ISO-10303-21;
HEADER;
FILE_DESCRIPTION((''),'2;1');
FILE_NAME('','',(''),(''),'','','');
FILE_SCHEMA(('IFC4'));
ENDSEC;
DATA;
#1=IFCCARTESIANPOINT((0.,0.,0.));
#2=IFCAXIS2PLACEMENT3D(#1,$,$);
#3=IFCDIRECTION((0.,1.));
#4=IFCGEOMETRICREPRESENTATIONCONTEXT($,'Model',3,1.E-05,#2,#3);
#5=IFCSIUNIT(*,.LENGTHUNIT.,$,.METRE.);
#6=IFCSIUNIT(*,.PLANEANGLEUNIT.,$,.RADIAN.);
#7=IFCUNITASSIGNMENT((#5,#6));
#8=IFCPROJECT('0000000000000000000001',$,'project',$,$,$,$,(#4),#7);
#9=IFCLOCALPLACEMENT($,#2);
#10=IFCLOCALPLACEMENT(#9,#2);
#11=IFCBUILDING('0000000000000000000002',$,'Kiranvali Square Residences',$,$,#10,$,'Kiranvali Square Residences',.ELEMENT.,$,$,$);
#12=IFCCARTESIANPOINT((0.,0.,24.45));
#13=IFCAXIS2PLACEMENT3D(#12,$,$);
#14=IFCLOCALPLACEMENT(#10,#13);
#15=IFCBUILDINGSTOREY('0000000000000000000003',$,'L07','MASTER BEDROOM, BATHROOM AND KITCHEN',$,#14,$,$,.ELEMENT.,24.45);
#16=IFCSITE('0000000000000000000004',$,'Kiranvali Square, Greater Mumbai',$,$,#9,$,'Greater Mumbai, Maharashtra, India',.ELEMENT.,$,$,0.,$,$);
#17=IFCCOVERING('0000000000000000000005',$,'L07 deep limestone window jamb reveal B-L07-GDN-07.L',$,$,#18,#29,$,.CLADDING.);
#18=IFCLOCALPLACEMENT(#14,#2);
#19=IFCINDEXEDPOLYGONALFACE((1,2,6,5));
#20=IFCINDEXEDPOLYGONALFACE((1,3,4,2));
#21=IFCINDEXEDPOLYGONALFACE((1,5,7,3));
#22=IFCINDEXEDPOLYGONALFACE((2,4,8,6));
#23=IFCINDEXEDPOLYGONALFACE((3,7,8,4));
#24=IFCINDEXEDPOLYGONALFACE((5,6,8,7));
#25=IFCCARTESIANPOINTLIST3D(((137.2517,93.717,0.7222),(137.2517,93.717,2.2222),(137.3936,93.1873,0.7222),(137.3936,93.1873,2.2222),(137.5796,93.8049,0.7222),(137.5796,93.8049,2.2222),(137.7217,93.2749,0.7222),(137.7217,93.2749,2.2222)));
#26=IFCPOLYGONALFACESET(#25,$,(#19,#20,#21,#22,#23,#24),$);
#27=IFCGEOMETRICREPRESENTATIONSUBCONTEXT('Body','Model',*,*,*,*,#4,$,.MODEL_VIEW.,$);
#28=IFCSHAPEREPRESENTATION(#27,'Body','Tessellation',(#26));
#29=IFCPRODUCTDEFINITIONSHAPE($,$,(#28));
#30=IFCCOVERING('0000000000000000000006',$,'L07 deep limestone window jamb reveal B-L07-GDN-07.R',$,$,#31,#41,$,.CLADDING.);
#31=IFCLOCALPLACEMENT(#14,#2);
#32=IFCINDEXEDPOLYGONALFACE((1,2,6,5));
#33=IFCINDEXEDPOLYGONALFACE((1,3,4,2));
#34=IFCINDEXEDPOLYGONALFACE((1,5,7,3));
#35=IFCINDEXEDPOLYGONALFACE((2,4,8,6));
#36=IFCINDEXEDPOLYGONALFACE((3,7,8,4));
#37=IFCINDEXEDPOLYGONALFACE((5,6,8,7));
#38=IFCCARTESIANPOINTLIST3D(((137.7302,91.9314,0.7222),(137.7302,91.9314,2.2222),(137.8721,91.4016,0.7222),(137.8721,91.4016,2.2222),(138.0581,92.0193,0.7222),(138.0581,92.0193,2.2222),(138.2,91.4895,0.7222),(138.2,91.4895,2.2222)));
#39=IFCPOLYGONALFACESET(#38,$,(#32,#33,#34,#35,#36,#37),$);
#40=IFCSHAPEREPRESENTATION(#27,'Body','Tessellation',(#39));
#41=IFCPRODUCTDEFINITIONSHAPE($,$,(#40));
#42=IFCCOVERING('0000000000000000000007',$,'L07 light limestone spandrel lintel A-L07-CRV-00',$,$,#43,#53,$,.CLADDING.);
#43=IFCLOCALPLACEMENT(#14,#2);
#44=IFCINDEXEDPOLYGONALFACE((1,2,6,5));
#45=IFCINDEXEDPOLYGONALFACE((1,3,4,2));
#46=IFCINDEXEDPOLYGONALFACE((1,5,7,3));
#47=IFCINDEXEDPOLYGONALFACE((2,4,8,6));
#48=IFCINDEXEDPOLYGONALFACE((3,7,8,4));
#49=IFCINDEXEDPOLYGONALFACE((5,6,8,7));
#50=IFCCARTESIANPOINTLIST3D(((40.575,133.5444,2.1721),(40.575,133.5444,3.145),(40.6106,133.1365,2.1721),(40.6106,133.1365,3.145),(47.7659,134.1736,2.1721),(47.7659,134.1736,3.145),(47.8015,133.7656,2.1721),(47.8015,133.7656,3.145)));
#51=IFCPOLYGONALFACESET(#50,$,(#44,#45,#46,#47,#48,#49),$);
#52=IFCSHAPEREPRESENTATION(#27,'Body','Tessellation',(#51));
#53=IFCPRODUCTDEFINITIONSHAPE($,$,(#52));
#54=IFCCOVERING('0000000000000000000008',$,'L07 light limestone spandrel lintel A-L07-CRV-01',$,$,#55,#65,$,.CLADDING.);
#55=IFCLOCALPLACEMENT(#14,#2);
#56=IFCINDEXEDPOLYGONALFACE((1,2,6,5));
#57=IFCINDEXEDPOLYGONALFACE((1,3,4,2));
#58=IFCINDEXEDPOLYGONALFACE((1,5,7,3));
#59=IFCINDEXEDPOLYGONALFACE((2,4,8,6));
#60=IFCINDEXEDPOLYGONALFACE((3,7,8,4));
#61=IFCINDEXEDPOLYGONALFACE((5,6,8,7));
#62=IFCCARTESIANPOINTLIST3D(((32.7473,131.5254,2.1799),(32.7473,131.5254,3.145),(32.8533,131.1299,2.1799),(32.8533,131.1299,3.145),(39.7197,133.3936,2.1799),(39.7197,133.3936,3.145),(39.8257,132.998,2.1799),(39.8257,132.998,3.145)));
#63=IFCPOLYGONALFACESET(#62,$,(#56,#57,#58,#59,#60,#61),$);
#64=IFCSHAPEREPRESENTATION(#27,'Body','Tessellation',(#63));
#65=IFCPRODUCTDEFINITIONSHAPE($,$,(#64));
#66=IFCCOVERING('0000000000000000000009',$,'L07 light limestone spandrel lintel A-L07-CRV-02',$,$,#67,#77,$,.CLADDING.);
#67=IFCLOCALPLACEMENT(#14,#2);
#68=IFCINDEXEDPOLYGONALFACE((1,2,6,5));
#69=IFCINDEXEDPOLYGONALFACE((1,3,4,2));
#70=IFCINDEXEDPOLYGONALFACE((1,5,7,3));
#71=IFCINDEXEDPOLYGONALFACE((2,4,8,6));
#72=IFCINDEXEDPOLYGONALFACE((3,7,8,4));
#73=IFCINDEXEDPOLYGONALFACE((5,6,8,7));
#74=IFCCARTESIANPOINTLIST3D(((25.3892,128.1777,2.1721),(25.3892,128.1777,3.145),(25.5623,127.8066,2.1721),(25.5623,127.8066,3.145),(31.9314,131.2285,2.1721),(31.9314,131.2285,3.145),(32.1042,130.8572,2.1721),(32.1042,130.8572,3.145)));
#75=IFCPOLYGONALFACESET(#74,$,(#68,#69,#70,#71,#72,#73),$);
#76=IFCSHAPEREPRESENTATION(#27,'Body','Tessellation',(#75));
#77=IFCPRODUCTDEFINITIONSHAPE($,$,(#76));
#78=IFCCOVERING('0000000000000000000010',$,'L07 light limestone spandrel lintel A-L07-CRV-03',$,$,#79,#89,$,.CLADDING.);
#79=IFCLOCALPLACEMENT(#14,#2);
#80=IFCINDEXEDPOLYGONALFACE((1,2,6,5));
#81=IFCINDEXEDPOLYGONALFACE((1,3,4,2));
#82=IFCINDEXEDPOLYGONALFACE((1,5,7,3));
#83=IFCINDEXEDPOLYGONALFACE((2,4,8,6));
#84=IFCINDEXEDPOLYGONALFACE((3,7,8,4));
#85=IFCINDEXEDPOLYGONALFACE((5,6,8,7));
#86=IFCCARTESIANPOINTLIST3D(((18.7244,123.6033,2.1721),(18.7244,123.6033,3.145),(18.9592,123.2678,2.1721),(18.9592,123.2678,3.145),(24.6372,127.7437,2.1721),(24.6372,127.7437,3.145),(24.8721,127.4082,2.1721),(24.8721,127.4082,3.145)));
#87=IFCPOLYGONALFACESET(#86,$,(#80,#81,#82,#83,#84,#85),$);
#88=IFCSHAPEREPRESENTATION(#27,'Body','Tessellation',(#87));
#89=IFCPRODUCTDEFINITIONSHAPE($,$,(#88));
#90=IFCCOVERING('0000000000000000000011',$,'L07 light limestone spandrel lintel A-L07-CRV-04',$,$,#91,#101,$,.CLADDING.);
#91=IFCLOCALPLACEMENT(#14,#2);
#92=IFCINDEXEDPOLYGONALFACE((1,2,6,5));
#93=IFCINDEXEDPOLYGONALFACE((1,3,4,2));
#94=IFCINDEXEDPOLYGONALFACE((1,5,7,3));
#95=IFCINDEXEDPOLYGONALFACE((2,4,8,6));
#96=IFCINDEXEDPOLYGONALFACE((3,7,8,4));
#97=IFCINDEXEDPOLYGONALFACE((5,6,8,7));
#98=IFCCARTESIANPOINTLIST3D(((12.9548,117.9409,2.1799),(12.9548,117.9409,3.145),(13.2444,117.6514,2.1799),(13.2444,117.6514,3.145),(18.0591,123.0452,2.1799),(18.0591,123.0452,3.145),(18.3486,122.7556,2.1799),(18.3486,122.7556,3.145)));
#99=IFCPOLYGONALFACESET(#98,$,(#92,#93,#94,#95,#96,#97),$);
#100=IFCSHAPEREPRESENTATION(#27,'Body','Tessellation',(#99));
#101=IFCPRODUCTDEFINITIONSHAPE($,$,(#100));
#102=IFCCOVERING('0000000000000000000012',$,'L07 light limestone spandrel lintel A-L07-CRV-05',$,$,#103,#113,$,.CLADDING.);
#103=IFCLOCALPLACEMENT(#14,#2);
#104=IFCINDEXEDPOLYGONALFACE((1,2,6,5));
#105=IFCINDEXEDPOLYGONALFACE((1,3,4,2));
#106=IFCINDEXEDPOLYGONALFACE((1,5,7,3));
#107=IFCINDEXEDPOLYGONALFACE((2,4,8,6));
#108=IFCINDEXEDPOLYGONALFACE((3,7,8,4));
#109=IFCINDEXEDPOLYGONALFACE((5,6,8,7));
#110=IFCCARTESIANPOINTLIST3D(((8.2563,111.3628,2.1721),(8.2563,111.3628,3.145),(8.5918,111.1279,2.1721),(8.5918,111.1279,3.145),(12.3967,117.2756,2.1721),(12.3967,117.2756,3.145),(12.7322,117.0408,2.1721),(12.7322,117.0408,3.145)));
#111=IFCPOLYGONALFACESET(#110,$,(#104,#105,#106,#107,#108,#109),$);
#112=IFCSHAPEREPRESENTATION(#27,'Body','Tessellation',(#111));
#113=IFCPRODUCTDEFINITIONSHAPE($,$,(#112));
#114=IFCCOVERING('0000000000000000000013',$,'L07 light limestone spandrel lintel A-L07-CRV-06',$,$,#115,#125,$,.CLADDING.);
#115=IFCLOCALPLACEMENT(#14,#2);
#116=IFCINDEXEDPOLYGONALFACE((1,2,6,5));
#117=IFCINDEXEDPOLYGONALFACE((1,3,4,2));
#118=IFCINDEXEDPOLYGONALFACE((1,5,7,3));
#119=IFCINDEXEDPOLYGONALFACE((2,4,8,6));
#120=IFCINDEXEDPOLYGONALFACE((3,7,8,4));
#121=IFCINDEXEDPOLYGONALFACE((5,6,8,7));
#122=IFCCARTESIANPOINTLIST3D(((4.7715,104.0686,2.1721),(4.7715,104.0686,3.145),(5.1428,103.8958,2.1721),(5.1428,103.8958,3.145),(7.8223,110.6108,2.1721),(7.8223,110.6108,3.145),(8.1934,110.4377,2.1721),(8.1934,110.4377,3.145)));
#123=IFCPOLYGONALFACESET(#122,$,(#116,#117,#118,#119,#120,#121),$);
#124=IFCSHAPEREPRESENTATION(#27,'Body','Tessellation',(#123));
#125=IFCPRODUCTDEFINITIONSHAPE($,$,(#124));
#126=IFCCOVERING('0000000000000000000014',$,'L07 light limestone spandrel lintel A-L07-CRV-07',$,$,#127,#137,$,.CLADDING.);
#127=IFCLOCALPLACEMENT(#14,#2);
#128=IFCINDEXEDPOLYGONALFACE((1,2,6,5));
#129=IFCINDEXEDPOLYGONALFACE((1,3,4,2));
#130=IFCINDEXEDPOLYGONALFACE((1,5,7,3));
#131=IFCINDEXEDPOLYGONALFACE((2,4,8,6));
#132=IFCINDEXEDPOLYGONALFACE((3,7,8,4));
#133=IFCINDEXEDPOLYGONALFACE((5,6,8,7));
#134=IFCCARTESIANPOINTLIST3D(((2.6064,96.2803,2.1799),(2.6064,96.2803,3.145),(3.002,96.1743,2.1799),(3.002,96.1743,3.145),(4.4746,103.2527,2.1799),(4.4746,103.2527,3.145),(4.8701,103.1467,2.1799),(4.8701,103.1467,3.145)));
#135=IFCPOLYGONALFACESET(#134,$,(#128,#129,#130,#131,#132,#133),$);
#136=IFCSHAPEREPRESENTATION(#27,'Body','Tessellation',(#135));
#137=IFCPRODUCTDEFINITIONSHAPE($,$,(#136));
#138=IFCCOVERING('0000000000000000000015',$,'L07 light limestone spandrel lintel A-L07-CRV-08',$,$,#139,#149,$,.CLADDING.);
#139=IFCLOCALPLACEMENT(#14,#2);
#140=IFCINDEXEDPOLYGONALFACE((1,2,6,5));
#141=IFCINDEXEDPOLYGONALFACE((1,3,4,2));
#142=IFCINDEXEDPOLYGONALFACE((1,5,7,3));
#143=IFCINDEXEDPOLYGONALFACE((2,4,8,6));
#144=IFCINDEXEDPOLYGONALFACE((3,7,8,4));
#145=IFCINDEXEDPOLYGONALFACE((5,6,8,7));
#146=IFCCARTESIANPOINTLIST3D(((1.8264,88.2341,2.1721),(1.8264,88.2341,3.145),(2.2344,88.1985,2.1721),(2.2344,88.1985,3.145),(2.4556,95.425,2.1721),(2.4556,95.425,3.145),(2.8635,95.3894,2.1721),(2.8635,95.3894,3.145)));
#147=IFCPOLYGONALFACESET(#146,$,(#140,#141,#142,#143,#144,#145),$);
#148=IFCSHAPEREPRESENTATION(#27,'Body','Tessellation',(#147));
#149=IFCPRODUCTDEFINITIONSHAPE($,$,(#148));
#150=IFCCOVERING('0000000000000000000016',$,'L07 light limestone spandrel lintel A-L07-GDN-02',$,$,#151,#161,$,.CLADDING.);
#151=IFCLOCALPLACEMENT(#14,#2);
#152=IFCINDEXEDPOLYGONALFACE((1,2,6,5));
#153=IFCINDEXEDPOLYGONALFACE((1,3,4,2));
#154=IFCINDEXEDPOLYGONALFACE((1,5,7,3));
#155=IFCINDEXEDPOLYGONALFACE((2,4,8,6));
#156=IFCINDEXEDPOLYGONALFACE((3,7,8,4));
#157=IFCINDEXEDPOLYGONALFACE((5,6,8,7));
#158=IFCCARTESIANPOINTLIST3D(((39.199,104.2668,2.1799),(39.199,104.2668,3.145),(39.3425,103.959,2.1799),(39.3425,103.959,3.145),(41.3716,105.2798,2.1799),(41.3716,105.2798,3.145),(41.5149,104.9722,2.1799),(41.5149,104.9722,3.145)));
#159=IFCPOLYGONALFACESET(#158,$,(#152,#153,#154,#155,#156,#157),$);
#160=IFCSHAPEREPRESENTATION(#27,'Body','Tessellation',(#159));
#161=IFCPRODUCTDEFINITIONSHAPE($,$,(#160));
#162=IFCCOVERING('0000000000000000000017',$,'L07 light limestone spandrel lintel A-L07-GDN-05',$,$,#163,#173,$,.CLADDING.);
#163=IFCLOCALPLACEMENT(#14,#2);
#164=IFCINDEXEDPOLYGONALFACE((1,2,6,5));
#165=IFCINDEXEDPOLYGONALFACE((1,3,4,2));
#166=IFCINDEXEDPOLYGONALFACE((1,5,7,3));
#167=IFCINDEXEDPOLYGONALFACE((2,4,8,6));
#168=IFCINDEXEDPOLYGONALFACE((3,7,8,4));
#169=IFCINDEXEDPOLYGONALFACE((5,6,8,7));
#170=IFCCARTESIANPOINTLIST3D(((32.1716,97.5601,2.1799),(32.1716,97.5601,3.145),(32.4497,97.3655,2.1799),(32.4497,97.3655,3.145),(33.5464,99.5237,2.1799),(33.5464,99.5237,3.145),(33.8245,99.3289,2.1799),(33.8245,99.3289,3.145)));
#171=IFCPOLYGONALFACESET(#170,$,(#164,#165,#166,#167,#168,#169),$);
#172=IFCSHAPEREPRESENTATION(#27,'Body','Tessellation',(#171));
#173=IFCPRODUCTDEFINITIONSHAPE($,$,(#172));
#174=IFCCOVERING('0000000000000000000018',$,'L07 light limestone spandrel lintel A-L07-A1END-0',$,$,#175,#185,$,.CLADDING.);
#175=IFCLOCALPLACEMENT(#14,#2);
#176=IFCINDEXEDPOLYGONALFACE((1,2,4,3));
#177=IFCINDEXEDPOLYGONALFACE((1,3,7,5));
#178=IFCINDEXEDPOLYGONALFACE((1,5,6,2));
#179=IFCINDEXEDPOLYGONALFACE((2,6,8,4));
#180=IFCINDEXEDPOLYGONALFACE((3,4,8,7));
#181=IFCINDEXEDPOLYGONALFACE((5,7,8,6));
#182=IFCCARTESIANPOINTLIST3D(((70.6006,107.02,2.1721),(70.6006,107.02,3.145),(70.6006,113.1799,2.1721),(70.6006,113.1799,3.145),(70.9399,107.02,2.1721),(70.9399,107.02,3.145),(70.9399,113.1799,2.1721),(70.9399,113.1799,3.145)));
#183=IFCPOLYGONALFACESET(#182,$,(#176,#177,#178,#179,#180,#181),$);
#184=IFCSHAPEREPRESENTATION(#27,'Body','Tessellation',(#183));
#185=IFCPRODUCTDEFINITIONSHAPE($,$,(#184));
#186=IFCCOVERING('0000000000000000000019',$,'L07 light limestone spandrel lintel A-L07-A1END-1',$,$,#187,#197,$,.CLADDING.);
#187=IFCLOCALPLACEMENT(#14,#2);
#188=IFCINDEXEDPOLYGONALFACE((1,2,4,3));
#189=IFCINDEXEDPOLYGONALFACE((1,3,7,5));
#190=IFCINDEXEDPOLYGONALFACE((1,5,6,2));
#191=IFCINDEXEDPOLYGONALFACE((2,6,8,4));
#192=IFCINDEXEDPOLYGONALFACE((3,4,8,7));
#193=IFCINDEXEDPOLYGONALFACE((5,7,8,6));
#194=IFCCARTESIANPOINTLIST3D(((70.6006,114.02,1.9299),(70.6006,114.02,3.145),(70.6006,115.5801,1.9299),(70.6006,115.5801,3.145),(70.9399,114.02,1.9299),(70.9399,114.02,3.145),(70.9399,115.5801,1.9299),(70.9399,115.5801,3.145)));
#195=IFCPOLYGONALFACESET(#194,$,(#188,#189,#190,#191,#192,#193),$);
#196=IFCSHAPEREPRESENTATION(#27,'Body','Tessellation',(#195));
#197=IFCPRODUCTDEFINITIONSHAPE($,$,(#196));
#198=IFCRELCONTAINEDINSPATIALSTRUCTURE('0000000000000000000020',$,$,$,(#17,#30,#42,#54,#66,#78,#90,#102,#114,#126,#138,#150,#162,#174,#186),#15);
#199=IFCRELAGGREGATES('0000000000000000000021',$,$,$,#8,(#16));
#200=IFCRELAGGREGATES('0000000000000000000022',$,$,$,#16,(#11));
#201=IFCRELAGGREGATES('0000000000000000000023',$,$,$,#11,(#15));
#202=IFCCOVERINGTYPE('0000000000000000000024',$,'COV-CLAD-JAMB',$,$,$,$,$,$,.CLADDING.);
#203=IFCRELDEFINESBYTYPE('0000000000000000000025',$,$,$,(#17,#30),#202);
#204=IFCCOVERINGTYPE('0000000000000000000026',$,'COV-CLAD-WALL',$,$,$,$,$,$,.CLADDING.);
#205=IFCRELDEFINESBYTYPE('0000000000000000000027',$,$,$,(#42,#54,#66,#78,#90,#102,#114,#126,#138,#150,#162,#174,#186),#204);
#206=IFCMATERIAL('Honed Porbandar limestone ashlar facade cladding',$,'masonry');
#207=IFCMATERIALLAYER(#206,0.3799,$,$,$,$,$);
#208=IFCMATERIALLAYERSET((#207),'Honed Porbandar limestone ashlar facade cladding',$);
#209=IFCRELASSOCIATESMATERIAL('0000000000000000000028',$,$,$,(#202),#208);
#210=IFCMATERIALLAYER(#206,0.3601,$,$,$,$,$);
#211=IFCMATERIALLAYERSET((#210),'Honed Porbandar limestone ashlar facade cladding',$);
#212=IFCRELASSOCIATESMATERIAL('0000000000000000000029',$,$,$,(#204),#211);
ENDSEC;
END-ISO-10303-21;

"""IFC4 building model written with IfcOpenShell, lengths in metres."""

from ifc_helpers import new_model, si_unit, direction, frame, origin, place, context, subcontext, project, spatial, polyline, outline, extrude, material, layer, layer_set, type_object, element, save


model = new_model("IFC4")

# Units and contexts
model_context = context("Model", 3, precision=1e-05, world=origin(), true_north=direction((0.0, 1.0)))
body_context = subcontext(model_context, "Body", "Model", "MODEL_VIEW")
ifc_project = project(units=[si_unit("LENGTHUNIT", "METRE"), si_unit("PLANEANGLEUNIT", "RADIAN")], contexts=[model_context])

# Site, building, storey
site_placement = place(None, origin())
site = spatial("IfcSite", under=ifc_project, at=site_placement, Name="Kiranvali Square, Greater Mumbai", LongName="Greater Mumbai, Maharashtra, India", CompositionType="ELEMENT", RefElevation=0.0)
building_placement = place(site_placement, origin())
building = spatial("IfcBuilding", under=site, at=building_placement, Name="Kiranvali Square Residences", LongName="Kiranvali Square Residences", CompositionType="ELEMENT")
storey_placement = place(building_placement, frame((0.0, 0.0, 24.45)))
storey = spatial("IfcBuildingStorey", under=building, at=storey_placement, Name="L07", Description="MASTER BEDROOM, BATHROOM AND KITCHEN", CompositionType="ELEMENT", Elevation=24.45)

# Coverings
ifc_material = material(Name="Honed Porbandar limestone ashlar facade cladding", Category="masonry")
ifc_layer_1 = layer(ifc_material, 0.3799)
ifc_layer_set_1 = layer_set([ifc_layer_1], Name="Honed Porbandar limestone ashlar facade cladding")
covering_type_1 = type_object("IfcCoveringType", Name="COV-CLAD-JAMB", PredefinedType="CLADDING", material=ifc_layer_set_1)
covering_1_placement = place(storey_placement, frame((0.0, 0.0, 0.7222)))
element("IfcCovering", 1, at=covering_1_placement, inside=storey, type_object=covering_type_1, Name="L07 deep limestone window jamb reveal B-L07-GDN-07.L", PredefinedType="CLADDING", context=body_context, shape_type="SweptSolid", body=[
    extrude(outline(polyline([(137.2517, 93.717), (137.3936, 93.1873), (137.7217, 93.2749), (137.5796, 93.8049), (137.2517, 93.717)])), origin(), (0.0, 0.0, 1.0), 1.5),
])
covering_2_placement = place(storey_placement, frame((0.0, 0.0, 0.7222)))
element("IfcCovering", 2, at=covering_2_placement, inside=storey, type_object=covering_type_1, Name="L07 deep limestone window jamb reveal B-L07-GDN-07.R", PredefinedType="CLADDING", context=body_context, shape_type="SweptSolid", body=[
    extrude(outline(polyline([(137.7302, 91.9314), (137.8721, 91.4016), (138.2, 91.4895), (138.0581, 92.0193), (137.7302, 91.9314)])), origin(), (0.0, 0.0, 1.0), 1.5),
])
ifc_layer_2 = layer(ifc_material, 0.3601)
ifc_layer_set_2 = layer_set([ifc_layer_2], Name="Honed Porbandar limestone ashlar facade cladding")
covering_type_2 = type_object("IfcCoveringType", Name="COV-CLAD-WALL", PredefinedType="CLADDING", material=ifc_layer_set_2)
covering_3_placement = place(storey_placement, frame((0.0, 0.0, 2.1721)))
element("IfcCovering", 3, at=covering_3_placement, inside=storey, type_object=covering_type_2, Name="L07 light limestone spandrel lintel A-L07-CRV-00", PredefinedType="CLADDING", context=body_context, shape_type="SweptSolid", body=[
    extrude(outline(polyline([(47.7659, 134.1736), (40.575, 133.5444), (40.6106, 133.1365), (47.8015, 133.7656), (47.7659, 134.1736)])), origin(), (0.0, 0.0, 1.0), 0.9729),
])
covering_4_placement = place(storey_placement, frame((0.0, 0.0, 2.1799)))
element("IfcCovering", 4, at=covering_4_placement, inside=storey, type_object=covering_type_2, Name="L07 light limestone spandrel lintel A-L07-CRV-01", PredefinedType="CLADDING", context=body_context, shape_type="SweptSolid", body=[
    extrude(outline(polyline([(39.7197, 133.3936), (32.7473, 131.5254), (32.8533, 131.1299), (39.8257, 132.998), (39.7197, 133.3936)])), origin(), (0.0, 0.0, 1.0), 0.9651),
])
covering_5_placement = place(storey_placement, frame((0.0, 0.0, 2.1721)))
element("IfcCovering", 5, at=covering_5_placement, inside=storey, type_object=covering_type_2, Name="L07 light limestone spandrel lintel A-L07-CRV-02", PredefinedType="CLADDING", context=body_context, shape_type="SweptSolid", body=[
    extrude(outline(polyline([(31.9314, 131.2285), (25.3892, 128.1777), (25.5623, 127.8066), (32.1042, 130.8572), (31.9314, 131.2285)])), origin(), (0.0, 0.0, 1.0), 0.9729),
])
covering_6_placement = place(storey_placement, frame((0.0, 0.0, 2.1721)))
element("IfcCovering", 6, at=covering_6_placement, inside=storey, type_object=covering_type_2, Name="L07 light limestone spandrel lintel A-L07-CRV-03", PredefinedType="CLADDING", context=body_context, shape_type="SweptSolid", body=[
    extrude(outline(polyline([(24.6372, 127.7437), (18.7244, 123.6033), (18.9592, 123.2678), (24.8721, 127.4082), (24.6372, 127.7437)])), origin(), (0.0, 0.0, 1.0), 0.9729),
])
covering_7_placement = place(storey_placement, frame((0.0, 0.0, 2.1799)))
element("IfcCovering", 7, at=covering_7_placement, inside=storey, type_object=covering_type_2, Name="L07 light limestone spandrel lintel A-L07-CRV-04", PredefinedType="CLADDING", context=body_context, shape_type="SweptSolid", body=[
    extrude(outline(polyline([(18.0591, 123.0452), (12.9548, 117.9409), (13.2444, 117.6514), (18.3486, 122.7556), (18.0591, 123.0452)])), origin(), (0.0, 0.0, 1.0), 0.9651),
])
covering_8_placement = place(storey_placement, frame((0.0, 0.0, 2.1721)))
element("IfcCovering", 8, at=covering_8_placement, inside=storey, type_object=covering_type_2, Name="L07 light limestone spandrel lintel A-L07-CRV-05", PredefinedType="CLADDING", context=body_context, shape_type="SweptSolid", body=[
    extrude(outline(polyline([(12.3967, 117.2756), (8.2563, 111.3628), (8.5918, 111.1279), (12.7322, 117.0408), (12.3967, 117.2756)])), origin(), (0.0, 0.0, 1.0), 0.9729),
])
covering_9_placement = place(storey_placement, frame((0.0, 0.0, 2.1721)))
element("IfcCovering", 9, at=covering_9_placement, inside=storey, type_object=covering_type_2, Name="L07 light limestone spandrel lintel A-L07-CRV-06", PredefinedType="CLADDING", context=body_context, shape_type="SweptSolid", body=[
    extrude(outline(polyline([(7.8223, 110.6108), (4.7715, 104.0686), (5.1428, 103.8958), (8.1934, 110.4377), (7.8223, 110.6108)])), origin(), (0.0, 0.0, 1.0), 0.9729),
])
covering_10_placement = place(storey_placement, frame((0.0, 0.0, 2.1799)))
element("IfcCovering", 10, at=covering_10_placement, inside=storey, type_object=covering_type_2, Name="L07 light limestone spandrel lintel A-L07-CRV-07", PredefinedType="CLADDING", context=body_context, shape_type="SweptSolid", body=[
    extrude(outline(polyline([(4.4746, 103.2527), (2.6064, 96.2803), (3.002, 96.1743), (4.8701, 103.1467), (4.4746, 103.2527)])), origin(), (0.0, 0.0, 1.0), 0.9651),
])
covering_11_placement = place(storey_placement, frame((0.0, 0.0, 2.1721)))
element("IfcCovering", 11, at=covering_11_placement, inside=storey, type_object=covering_type_2, Name="L07 light limestone spandrel lintel A-L07-CRV-08", PredefinedType="CLADDING", context=body_context, shape_type="SweptSolid", body=[
    extrude(outline(polyline([(2.4556, 95.425), (1.8264, 88.2341), (2.2344, 88.1985), (2.8635, 95.3894), (2.4556, 95.425)])), origin(), (0.0, 0.0, 1.0), 0.9729),
])
covering_12_placement = place(storey_placement, frame((0.0, 0.0, 2.1799)))
element("IfcCovering", 12, at=covering_12_placement, inside=storey, type_object=covering_type_2, Name="L07 light limestone spandrel lintel A-L07-GDN-02", PredefinedType="CLADDING", context=body_context, shape_type="SweptSolid", body=[
    extrude(outline(polyline([(41.3716, 105.2798), (39.199, 104.2668), (39.3425, 103.959), (41.5149, 104.9722), (41.3716, 105.2798)])), origin(), (0.0, 0.0, 1.0), 0.9651),
])
covering_13_placement = place(storey_placement, frame((0.0, 0.0, 2.1799)))
element("IfcCovering", 13, at=covering_13_placement, inside=storey, type_object=covering_type_2, Name="L07 light limestone spandrel lintel A-L07-GDN-05", PredefinedType="CLADDING", context=body_context, shape_type="SweptSolid", body=[
    extrude(outline(polyline([(33.5464, 99.5237), (32.1716, 97.5601), (32.4497, 97.3655), (33.8245, 99.3289), (33.5464, 99.5237)])), origin(), (0.0, 0.0, 1.0), 0.9651),
])
covering_14_placement = place(storey_placement, frame((0.0, 0.0, 2.1721)))
element("IfcCovering", 14, at=covering_14_placement, inside=storey, type_object=covering_type_2, Name="L07 light limestone spandrel lintel A-L07-A1END-0", PredefinedType="CLADDING", context=body_context, shape_type="SweptSolid", body=[
    extrude(outline(polyline([(70.9399, 107.02), (70.9399, 113.1799), (70.6006, 113.1799), (70.6006, 107.02), (70.9399, 107.02)])), origin(), (0.0, 0.0, 1.0), 0.9729),
])
covering_15_placement = place(storey_placement, frame((0.0, 0.0, 1.9299)))
element("IfcCovering", 15, at=covering_15_placement, inside=storey, type_object=covering_type_2, Name="L07 light limestone spandrel lintel A-L07-A1END-1", PredefinedType="CLADDING", context=body_context, shape_type="SweptSolid", body=[
    extrude(outline(polyline([(70.9399, 114.02), (70.9399, 115.5801), (70.6006, 115.5801), (70.6006, 114.02), (70.9399, 114.02)])), origin(), (0.0, 0.0, 1.0), 1.2151),
])

save(model, "model.ifc")
